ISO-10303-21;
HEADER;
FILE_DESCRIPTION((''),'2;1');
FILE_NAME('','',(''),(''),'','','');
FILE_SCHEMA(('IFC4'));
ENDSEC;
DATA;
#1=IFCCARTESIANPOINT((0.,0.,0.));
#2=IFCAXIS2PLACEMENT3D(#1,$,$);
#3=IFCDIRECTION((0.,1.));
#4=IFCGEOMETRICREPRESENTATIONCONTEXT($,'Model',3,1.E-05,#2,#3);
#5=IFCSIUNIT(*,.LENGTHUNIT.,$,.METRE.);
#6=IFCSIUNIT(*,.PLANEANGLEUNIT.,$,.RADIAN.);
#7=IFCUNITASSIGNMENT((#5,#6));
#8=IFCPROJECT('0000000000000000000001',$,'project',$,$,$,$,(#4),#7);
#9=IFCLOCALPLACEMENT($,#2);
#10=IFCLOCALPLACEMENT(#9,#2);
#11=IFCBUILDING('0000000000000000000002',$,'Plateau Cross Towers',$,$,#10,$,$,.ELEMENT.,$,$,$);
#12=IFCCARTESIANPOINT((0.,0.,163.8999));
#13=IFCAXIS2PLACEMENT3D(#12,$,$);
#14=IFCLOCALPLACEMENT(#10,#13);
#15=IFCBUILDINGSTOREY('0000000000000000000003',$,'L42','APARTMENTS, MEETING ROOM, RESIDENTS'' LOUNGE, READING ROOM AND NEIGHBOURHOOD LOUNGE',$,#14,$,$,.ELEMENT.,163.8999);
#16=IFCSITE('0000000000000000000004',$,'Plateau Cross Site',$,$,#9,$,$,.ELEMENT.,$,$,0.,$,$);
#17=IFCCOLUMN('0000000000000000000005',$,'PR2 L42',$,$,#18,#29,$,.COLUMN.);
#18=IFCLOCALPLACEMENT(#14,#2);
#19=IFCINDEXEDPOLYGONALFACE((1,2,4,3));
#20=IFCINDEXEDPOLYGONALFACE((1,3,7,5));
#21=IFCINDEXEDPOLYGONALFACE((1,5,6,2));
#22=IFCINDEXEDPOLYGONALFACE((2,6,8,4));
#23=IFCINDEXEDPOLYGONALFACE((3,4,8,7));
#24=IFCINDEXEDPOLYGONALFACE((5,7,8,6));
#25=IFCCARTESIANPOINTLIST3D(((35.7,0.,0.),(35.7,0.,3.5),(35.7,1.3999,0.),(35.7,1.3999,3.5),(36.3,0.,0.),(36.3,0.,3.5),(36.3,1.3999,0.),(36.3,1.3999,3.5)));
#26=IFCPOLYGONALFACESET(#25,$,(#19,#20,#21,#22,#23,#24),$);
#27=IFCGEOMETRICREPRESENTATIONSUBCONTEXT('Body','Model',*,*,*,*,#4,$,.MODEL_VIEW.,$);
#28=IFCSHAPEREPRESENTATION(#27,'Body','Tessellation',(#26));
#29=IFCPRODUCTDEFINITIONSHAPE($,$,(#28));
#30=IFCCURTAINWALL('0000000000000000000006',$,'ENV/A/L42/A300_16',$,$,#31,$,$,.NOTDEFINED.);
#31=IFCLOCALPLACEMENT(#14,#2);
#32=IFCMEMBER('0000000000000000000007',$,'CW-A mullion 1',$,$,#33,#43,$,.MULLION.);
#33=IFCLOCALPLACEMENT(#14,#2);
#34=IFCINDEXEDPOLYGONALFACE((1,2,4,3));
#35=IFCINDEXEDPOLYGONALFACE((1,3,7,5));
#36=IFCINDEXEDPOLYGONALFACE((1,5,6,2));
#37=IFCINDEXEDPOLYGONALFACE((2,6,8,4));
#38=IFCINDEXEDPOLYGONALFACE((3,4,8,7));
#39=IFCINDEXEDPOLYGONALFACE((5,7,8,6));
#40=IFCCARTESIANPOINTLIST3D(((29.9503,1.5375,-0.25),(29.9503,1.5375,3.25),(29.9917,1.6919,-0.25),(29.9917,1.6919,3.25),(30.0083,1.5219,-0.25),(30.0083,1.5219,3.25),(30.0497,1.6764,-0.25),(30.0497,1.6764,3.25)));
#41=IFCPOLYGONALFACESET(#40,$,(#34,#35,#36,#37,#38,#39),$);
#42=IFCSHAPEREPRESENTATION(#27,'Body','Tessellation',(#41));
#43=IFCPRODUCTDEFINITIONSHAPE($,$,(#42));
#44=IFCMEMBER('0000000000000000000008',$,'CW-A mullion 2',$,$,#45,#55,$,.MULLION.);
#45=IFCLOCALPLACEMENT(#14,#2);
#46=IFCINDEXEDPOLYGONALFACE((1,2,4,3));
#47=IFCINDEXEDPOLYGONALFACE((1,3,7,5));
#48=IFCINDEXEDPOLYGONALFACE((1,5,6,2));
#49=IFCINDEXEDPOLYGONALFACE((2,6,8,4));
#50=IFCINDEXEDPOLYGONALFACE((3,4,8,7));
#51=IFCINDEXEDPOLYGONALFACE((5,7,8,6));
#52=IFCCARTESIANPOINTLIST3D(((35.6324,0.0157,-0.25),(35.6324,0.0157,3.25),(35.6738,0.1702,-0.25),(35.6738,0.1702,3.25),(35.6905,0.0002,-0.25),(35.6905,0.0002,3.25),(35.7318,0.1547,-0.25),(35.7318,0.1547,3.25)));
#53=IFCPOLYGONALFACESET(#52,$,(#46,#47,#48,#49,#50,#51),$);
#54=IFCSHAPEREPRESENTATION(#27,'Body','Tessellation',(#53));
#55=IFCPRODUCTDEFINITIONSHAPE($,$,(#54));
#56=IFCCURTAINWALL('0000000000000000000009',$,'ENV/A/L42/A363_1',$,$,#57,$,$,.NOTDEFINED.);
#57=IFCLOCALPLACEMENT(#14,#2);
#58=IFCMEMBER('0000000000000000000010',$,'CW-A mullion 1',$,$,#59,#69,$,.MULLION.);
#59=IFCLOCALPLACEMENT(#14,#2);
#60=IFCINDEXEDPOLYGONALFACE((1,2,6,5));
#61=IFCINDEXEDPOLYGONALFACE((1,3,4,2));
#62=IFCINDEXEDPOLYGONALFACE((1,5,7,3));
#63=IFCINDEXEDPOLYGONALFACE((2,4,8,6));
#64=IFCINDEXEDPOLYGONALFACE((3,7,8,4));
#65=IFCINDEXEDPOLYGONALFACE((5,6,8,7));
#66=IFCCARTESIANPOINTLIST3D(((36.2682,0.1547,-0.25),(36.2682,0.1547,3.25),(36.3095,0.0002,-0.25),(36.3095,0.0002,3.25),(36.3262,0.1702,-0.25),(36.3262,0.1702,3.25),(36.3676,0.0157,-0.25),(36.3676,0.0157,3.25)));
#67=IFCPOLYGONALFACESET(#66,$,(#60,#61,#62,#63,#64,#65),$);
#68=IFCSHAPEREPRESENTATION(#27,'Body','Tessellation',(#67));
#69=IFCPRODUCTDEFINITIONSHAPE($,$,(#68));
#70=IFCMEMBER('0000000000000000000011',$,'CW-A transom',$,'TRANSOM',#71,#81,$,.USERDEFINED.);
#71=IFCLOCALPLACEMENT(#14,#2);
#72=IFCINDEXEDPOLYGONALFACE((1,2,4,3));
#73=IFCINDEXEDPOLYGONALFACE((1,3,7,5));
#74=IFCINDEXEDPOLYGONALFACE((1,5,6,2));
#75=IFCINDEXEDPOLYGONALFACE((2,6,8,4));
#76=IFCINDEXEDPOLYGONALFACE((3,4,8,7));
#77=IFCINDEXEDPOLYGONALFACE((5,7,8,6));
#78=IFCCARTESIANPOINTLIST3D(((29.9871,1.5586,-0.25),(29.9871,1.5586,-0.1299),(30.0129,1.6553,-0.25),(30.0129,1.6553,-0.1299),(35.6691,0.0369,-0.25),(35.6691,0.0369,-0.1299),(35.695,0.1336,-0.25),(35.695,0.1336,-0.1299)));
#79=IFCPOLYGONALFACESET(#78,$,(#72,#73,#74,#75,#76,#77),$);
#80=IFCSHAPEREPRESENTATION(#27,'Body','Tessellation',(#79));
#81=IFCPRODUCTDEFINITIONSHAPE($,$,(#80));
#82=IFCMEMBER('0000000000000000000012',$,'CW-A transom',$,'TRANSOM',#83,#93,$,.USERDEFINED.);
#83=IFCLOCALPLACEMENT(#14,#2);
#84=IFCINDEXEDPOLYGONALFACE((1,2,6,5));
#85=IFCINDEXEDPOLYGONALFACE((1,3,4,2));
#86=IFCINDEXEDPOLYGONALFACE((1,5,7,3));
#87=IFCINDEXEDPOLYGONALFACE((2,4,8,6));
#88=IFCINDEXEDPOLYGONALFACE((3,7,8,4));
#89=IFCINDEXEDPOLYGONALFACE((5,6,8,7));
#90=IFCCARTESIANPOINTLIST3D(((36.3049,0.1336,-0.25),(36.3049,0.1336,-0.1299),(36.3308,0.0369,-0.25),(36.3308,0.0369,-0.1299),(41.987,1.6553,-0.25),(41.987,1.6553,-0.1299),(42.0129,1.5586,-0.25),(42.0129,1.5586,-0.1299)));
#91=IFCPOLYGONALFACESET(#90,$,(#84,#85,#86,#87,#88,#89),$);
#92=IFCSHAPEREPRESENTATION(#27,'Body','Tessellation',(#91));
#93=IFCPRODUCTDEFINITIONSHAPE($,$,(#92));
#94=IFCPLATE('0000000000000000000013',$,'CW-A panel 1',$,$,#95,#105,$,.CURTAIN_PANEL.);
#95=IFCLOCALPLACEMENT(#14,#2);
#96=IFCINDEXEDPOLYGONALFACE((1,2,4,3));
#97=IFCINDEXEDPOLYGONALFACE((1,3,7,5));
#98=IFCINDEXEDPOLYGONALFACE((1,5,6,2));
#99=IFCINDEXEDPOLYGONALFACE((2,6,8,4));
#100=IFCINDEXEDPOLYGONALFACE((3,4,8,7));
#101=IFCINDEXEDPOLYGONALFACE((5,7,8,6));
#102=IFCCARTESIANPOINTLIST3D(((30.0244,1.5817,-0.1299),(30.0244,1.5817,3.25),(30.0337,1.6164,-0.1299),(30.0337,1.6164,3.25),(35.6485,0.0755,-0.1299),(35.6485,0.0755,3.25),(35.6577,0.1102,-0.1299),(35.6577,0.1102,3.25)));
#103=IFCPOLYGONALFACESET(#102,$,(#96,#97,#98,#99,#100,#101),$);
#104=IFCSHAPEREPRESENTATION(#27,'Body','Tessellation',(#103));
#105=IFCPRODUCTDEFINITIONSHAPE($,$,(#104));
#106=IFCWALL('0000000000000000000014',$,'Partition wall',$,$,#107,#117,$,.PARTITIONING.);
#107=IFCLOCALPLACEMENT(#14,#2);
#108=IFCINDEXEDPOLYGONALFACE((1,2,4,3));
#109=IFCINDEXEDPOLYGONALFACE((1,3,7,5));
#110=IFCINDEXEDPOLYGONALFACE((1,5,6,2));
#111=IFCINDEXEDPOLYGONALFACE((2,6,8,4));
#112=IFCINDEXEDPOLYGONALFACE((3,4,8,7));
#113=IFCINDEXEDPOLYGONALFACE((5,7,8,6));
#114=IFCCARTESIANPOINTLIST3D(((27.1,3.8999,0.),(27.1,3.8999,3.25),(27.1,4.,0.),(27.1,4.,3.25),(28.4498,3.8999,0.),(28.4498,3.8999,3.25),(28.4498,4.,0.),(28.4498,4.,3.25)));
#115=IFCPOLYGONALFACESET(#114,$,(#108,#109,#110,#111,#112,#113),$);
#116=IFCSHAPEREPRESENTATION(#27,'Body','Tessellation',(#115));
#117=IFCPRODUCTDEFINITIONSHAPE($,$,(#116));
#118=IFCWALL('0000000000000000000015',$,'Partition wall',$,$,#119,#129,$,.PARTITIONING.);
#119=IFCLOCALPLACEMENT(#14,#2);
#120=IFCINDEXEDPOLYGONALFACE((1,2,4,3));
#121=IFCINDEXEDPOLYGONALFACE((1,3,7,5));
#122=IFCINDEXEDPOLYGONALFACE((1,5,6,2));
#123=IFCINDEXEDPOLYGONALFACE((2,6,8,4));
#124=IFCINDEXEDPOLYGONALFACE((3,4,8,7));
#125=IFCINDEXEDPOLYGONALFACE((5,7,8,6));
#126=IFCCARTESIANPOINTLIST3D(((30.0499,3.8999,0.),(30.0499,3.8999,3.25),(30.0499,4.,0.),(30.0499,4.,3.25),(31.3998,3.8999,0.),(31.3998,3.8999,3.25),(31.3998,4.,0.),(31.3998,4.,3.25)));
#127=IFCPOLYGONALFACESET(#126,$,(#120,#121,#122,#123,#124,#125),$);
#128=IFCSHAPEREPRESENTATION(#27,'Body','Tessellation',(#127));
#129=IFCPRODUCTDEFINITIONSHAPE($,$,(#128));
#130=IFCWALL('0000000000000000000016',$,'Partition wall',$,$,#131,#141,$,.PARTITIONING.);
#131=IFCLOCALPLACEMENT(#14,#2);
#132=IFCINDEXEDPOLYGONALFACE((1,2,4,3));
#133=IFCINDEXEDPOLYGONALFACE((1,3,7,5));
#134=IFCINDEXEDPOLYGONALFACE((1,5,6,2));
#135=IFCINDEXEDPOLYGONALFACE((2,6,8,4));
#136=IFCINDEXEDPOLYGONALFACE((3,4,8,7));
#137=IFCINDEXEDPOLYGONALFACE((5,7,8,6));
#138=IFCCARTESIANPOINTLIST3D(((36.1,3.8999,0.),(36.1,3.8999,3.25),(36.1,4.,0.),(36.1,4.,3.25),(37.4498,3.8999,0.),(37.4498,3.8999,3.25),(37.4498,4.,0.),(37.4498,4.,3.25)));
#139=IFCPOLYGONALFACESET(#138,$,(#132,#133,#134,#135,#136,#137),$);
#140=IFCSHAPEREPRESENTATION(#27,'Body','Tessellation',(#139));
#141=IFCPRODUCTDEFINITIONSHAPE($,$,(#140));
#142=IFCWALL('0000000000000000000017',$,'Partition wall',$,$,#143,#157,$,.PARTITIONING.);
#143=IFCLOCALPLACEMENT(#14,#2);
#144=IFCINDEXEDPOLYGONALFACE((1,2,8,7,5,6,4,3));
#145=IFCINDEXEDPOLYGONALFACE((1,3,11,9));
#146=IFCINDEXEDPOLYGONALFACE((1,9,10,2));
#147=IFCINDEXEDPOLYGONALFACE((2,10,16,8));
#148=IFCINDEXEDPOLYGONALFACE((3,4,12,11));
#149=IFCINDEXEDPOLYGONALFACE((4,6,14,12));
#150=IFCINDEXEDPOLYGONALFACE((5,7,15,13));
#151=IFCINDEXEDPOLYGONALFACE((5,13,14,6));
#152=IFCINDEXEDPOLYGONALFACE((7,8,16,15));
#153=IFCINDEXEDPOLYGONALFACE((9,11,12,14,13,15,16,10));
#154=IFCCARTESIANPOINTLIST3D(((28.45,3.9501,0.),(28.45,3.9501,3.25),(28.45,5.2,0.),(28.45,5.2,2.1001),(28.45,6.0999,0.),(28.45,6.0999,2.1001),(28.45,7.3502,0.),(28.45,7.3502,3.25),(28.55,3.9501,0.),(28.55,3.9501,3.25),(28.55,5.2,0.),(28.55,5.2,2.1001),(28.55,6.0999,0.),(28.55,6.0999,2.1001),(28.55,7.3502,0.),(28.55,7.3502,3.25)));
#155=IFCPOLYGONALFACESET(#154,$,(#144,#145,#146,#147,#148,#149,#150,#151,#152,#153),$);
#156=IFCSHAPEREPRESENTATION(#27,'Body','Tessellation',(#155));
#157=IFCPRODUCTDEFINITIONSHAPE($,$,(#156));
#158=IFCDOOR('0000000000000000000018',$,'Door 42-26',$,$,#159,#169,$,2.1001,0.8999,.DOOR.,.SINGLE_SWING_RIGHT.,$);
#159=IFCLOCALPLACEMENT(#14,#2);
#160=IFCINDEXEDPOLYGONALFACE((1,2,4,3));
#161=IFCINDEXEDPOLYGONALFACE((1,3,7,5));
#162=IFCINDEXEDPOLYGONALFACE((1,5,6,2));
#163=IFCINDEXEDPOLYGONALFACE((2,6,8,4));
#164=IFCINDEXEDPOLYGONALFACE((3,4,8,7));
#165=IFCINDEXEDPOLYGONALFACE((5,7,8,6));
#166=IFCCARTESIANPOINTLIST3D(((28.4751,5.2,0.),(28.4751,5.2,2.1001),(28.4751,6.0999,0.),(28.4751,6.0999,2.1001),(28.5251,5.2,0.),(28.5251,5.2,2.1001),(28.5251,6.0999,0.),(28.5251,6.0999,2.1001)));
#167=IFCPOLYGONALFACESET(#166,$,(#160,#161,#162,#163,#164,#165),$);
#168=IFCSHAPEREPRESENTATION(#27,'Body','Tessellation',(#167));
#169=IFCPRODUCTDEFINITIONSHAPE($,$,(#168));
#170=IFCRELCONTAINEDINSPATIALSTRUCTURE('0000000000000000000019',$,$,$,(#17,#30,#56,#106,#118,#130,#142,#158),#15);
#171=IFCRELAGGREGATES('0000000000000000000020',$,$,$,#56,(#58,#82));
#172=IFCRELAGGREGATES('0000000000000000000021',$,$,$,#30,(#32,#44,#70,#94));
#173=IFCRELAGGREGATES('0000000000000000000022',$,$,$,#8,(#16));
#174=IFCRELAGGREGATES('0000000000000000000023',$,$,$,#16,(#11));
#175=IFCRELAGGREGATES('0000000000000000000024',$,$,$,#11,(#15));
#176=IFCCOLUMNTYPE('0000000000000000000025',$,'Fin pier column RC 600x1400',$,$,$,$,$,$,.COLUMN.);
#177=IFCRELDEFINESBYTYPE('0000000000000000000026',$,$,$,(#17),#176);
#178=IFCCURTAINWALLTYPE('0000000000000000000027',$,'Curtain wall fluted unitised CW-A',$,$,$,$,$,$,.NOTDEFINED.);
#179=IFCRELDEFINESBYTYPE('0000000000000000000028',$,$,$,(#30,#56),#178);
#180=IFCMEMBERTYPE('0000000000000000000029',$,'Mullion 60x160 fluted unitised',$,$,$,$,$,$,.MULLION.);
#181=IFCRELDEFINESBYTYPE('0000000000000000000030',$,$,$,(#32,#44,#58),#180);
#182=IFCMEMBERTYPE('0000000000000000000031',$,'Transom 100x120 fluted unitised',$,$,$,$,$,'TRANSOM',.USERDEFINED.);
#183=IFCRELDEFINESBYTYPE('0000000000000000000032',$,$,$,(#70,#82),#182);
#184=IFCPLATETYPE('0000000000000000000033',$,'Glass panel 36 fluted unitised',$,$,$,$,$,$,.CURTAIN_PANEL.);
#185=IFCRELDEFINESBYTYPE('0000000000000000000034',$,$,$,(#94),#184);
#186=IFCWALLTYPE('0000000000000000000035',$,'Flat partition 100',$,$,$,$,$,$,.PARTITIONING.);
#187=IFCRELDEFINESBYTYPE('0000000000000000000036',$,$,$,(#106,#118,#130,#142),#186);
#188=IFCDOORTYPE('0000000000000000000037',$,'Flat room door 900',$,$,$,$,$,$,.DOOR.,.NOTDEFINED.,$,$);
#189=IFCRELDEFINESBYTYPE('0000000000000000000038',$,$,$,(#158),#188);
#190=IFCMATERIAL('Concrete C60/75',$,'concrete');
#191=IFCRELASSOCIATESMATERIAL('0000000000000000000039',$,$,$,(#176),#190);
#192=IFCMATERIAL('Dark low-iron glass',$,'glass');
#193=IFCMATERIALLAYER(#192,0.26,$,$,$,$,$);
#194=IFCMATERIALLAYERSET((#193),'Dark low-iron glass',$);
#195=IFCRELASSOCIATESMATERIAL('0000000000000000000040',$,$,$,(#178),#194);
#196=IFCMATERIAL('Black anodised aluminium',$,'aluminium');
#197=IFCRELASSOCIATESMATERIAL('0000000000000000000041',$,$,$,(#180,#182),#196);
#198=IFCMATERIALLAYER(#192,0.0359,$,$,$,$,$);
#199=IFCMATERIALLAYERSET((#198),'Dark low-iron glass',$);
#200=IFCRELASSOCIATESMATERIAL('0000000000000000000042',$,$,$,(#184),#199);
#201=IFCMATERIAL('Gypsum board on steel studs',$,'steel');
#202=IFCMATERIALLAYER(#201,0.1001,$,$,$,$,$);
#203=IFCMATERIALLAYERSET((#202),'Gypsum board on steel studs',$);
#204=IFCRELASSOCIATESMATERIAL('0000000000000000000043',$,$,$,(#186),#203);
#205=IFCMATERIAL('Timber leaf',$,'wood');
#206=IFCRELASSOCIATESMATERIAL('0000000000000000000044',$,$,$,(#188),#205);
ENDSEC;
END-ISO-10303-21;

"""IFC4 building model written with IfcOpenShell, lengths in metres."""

from ifc_helpers import new_model, si_unit, direction, frame, frame_2d, origin, origin_2d, place, context, subcontext, project, spatial, rectangle, extrude, material, layer, layer_set, material_profile, profile_set, type_object, element, fill, aggregate, save


model = new_model("IFC4")

# Units and contexts
model_context = context("Model", 3, precision=1e-05, world=origin(), true_north=direction((0.0, 1.0)))
body_context = subcontext(model_context, "Body", "Model", "MODEL_VIEW")
ifc_project = project(units=[si_unit("LENGTHUNIT", "METRE"), si_unit("PLANEANGLEUNIT", "RADIAN")], contexts=[model_context])

# Site, building, storey
site_placement = place(None, origin())
site = spatial("IfcSite", under=ifc_project, at=site_placement, Name="Plateau Cross Site", CompositionType="ELEMENT", RefElevation=0.0)
building_placement = place(site_placement, origin())
building = spatial("IfcBuilding", under=site, at=building_placement, Name="Plateau Cross Towers", CompositionType="ELEMENT")
storey_placement = place(building_placement, frame((0.0, 0.0, 163.8999)))
storey = spatial("IfcBuildingStorey", under=building, at=storey_placement, Name="L42", Description="APARTMENTS, MEETING ROOM, RESIDENTS' LOUNGE, READING ROOM AND NEIGHBOURHOOD LOUNGE", CompositionType="ELEMENT", Elevation=163.8999)

# Column
ifc_material_1 = material(Name="Concrete C60/75", Category="concrete")
ifc_material_profile_1 = material_profile(ifc_material_1, rectangle(XDim=0.6001, YDim=1.3999, at=origin_2d()), Name="RC 600x1400")
ifc_profile_set_1 = profile_set([ifc_material_profile_1], Name="Concrete C60/75")
column_type = type_object("IfcColumnType", Name="Fin pier column RC 600x1400", PredefinedType="COLUMN", material=ifc_profile_set_1)
column_placement = place(storey_placement, frame((36.0, 0.7, 0.0), z_axis=(0.0, 0.0, 1.0), x_axis=(1.0, 0.0, 0.0)))
element("IfcColumn", 1, at=column_placement, inside=storey, type_object=column_type, Name="PR2 L42", PredefinedType="COLUMN", context=body_context, shape_type="SweptSolid", body=[
    extrude(rectangle(XDim=0.6001, YDim=1.3999, at=origin_2d()), origin(), (0.0, 0.0, 1.0), 3.5),
])

# Curtain wall, members
ifc_material_2 = material(Name="Dark low-iron glass", Category="glass")
ifc_layer_1 = layer(ifc_material_2, 0.26)
ifc_layer_set_1 = layer_set([ifc_layer_1], Name="Dark low-iron glass")
curtain_wall_type = type_object("IfcCurtainWallType", Name="Curtain wall fluted unitised CW-A", PredefinedType="NOTDEFINED", material=ifc_layer_set_1)
curtain_wall_1_placement = place(storey_placement, origin())
curtain_wall_1 = element("IfcCurtainWall", 2, at=curtain_wall_1_placement, inside=storey, type_object=curtain_wall_type, Name="ENV/A/L42/A300_16", PredefinedType="NOTDEFINED")
ifc_material_3 = material(Name="Black anodised aluminium", Category="aluminium")
ifc_material_profile_2 = material_profile(ifc_material_3, rectangle(XDim=0.0601, YDim=0.1599, at=origin_2d()), Name="MULLION 60x160")
ifc_profile_set_2 = profile_set([ifc_material_profile_2], Name="Black anodised aluminium")
member_type_1 = type_object("IfcMemberType", Name="Mullion 60x160 fluted unitised", PredefinedType="MULLION", material=ifc_profile_set_2)
member_1_placement = place(storey_placement, frame((30.0, 1.6069, -0.25), z_axis=(0.0, 0.0, 1.0), x_axis=(0.965958, -0.258699, 0.0)))
member_1 = element("IfcMember", 3, at=member_1_placement, type_object=member_type_1, Name="CW-A mullion 1", PredefinedType="MULLION", context=body_context, shape_type="SweptSolid", body=[
    extrude(rectangle(XDim=0.0601, YDim=0.1599, at=origin_2d()), origin(), (0.0, 0.0, 1.0), 3.5),
])
member_2_placement = place(storey_placement, frame((35.6821, 0.0852, -0.25), z_axis=(0.0, 0.0, 1.0), x_axis=(0.965958, -0.258699, 0.0)))
member_2 = element("IfcMember", 4, at=member_2_placement, type_object=member_type_1, Name="CW-A mullion 2", PredefinedType="MULLION", context=body_context, shape_type="SweptSolid", body=[
    extrude(rectangle(XDim=0.0601, YDim=0.1599, at=origin_2d()), origin(), (0.0, 0.0, 1.0), 3.5),
])

# Curtain wall, member
curtain_wall_2_placement = place(storey_placement, origin())
curtain_wall_2 = element("IfcCurtainWall", 5, at=curtain_wall_2_placement, inside=storey, type_object=curtain_wall_type, Name="ENV/A/L42/A363_1", PredefinedType="NOTDEFINED")
member_3_placement = place(storey_placement, frame((36.3179, 0.0852, -0.25), z_axis=(0.0, 0.0, 1.0), x_axis=(0.965958, 0.258699, 0.0)))
member_3 = element("IfcMember", 6, at=member_3_placement, type_object=member_type_1, Name="CW-A mullion 1", PredefinedType="MULLION", context=body_context, shape_type="SweptSolid", body=[
    extrude(rectangle(XDim=0.0601, YDim=0.1599, at=origin_2d()), origin(), (0.0, 0.0, 1.0), 3.5),
])

# Members
ifc_material_profile_3 = material_profile(ifc_material_3, rectangle(XDim=0.1001, YDim=0.1201, at=origin_2d()), Name="TRANSOM 100x120")
ifc_profile_set_3 = profile_set([ifc_material_profile_3], Name="Black anodised aluminium")
member_type_2 = type_object("IfcMemberType", Name="Transom 100x120 fluted unitised", ElementType="TRANSOM", PredefinedType="USERDEFINED", material=ifc_profile_set_3)
member_4_placement = place(storey_placement, frame((30.0, 1.6069, -0.1899), z_axis=(0.96596, -0.258693, 0.0), x_axis=(0.258693, 0.96596, 0.0)))
member_4 = element("IfcMember", 7, at=member_4_placement, type_object=member_type_2, Name="CW-A transom", ObjectType="TRANSOM", PredefinedType="USERDEFINED", context=body_context, shape_type="SweptSolid", body=[
    extrude(rectangle(XDim=0.1001, YDim=0.1201, at=origin_2d()), origin(), (0.0, 0.0, 1.0), 5.8823),
])
member_5_placement = place(storey_placement, frame((36.3179, 0.0852, -0.1899), z_axis=(0.96596, 0.258693, 0.0), x_axis=(-0.258693, 0.96596, 0.0)))
member_5 = element("IfcMember", 8, at=member_5_placement, type_object=member_type_2, Name="CW-A transom", ObjectType="TRANSOM", PredefinedType="USERDEFINED", context=body_context, shape_type="SweptSolid", body=[
    extrude(rectangle(XDim=0.1001, YDim=0.1201, at=origin_2d()), origin(), (0.0, 0.0, 1.0), 5.8823),
])
aggregate(curtain_wall_2, [member_3, member_5])

# Plate
ifc_layer_2 = layer(ifc_material_2, 0.0359)
ifc_layer_set_2 = layer_set([ifc_layer_2], Name="Dark low-iron glass")
plate_type = type_object("IfcPlateType", Name="Glass panel 36 fluted unitised", PredefinedType="CURTAIN_PANEL", material=ifc_layer_set_2)
plate_placement = place(storey_placement, frame((32.8411, 0.8459, -0.1299), z_axis=(0.0, 0.0, 1.0), x_axis=(0.965958, -0.258699, 0.0)))
plate = element("IfcPlate", 9, at=plate_placement, type_object=plate_type, Name="CW-A panel 1", PredefinedType="CURTAIN_PANEL", context=body_context, shape_type="SweptSolid", body=[
    extrude(rectangle(XDim=5.8223, YDim=0.0359, at=origin_2d()), origin(), (0.0, 0.0, 1.0), 3.3799),
])
aggregate(curtain_wall_1, [member_1, member_2, member_4, plate])

# Walls
ifc_material_4 = material(Name="Gypsum board on steel studs", Category="steel")
ifc_layer_3 = layer(ifc_material_4, 0.1001)
ifc_layer_set_3 = layer_set([ifc_layer_3], Name="Gypsum board on steel studs")
wall_type_1 = type_object("IfcWallType", Name="Flat partition 100", PredefinedType="PARTITIONING", material=ifc_layer_set_3)
for number, where, z_axis, x_axis, name in (
    (10, (27.1001, 3.95, 0.0), (0.0, 0.0, 1.0), (1.0, 0.0, 0.0), "Partition wall"),
    (11, (30.05, 3.95, 0.0), (0.0, 0.0, 1.0), (1.0, 0.0, 0.0), "Partition wall"),
    (12, (36.1001, 3.95, 0.0), (0.0, 0.0, 1.0), (1.0, 0.0, 0.0), "Partition wall"),
):
    element("IfcWall", number, at=place(storey_placement, frame(where, z_axis=z_axis, x_axis=x_axis)), inside=storey, type_object=wall_type_1, Name=name, PredefinedType="PARTITIONING", context=body_context, shape_type="SweptSolid", body=[
        extrude(rectangle(XDim=1.3499, YDim=0.1001, at=frame_2d((0.6748, 0.0))), origin(), (0.0, 0.0, 1.0), 3.25),
    ])

# Wall, opening, door
wall_1_placement = place(storey_placement, frame((28.5, 3.95, 0.0), z_axis=(0.0, 0.0, 1.0), x_axis=(0.0, 1.0, 0.0)))
wall_1 = element("IfcWall", 13, at=wall_1_placement, inside=storey, type_object=wall_type_1, Name="Partition wall", PredefinedType="PARTITIONING", context=body_context, shape_type="SweptSolid", body=[
    extrude(rectangle(XDim=3.4001, YDim=0.1001, at=frame_2d((1.7002, 0.0))), origin(), (0.0, 0.0, 1.0), 3.25),
])
opening_1_placement = place(wall_1_placement, frame((1.25, 0.0, 0.0)))
opening_1 = element("IfcOpeningElement", 14, at=opening_1_placement, cuts=wall_1, PredefinedType="OPENING", context=body_context, shape_type="SweptSolid", body=[
    extrude(rectangle(XDim=0.8999, YDim=2.1001, at=frame_2d((0.45, 1.05))), frame((0.0, 0.0601, 0.0), z_axis=(0.0, -1.0, 0.0), x_axis=(1.0, 0.0, 0.0)), (0.0, 0.0, 1.0), 0.1201),
])
ifc_material_5 = material(Name="Timber leaf", Category="wood")
door_type_1 = type_object("IfcDoorType", Name="Flat room door 900", OperationType="NOTDEFINED", PredefinedType="DOOR", material=ifc_material_5)
door_1_placement = place(opening_1_placement, origin())
door_1 = element("IfcDoor", 15, at=door_1_placement, inside=storey, type_object=door_type_1, Name="Door 42-26", OperationType="SINGLE_SWING_RIGHT", OverallHeight=2.1001, OverallWidth=0.8999, PredefinedType="DOOR", context=body_context, shape_type="SweptSolid", body=[
    extrude(rectangle(XDim=0.8999, YDim=2.1001, at=frame_2d((0.45, 1.05))), frame((0.0, 0.0249, 0.0), z_axis=(0.0, -1.0, 0.0), x_axis=(1.0, 0.0, 0.0)), (0.0, 0.0, 1.0), 0.05),
])
fill(opening_1, door_1)

save(model, "model.ifc")
